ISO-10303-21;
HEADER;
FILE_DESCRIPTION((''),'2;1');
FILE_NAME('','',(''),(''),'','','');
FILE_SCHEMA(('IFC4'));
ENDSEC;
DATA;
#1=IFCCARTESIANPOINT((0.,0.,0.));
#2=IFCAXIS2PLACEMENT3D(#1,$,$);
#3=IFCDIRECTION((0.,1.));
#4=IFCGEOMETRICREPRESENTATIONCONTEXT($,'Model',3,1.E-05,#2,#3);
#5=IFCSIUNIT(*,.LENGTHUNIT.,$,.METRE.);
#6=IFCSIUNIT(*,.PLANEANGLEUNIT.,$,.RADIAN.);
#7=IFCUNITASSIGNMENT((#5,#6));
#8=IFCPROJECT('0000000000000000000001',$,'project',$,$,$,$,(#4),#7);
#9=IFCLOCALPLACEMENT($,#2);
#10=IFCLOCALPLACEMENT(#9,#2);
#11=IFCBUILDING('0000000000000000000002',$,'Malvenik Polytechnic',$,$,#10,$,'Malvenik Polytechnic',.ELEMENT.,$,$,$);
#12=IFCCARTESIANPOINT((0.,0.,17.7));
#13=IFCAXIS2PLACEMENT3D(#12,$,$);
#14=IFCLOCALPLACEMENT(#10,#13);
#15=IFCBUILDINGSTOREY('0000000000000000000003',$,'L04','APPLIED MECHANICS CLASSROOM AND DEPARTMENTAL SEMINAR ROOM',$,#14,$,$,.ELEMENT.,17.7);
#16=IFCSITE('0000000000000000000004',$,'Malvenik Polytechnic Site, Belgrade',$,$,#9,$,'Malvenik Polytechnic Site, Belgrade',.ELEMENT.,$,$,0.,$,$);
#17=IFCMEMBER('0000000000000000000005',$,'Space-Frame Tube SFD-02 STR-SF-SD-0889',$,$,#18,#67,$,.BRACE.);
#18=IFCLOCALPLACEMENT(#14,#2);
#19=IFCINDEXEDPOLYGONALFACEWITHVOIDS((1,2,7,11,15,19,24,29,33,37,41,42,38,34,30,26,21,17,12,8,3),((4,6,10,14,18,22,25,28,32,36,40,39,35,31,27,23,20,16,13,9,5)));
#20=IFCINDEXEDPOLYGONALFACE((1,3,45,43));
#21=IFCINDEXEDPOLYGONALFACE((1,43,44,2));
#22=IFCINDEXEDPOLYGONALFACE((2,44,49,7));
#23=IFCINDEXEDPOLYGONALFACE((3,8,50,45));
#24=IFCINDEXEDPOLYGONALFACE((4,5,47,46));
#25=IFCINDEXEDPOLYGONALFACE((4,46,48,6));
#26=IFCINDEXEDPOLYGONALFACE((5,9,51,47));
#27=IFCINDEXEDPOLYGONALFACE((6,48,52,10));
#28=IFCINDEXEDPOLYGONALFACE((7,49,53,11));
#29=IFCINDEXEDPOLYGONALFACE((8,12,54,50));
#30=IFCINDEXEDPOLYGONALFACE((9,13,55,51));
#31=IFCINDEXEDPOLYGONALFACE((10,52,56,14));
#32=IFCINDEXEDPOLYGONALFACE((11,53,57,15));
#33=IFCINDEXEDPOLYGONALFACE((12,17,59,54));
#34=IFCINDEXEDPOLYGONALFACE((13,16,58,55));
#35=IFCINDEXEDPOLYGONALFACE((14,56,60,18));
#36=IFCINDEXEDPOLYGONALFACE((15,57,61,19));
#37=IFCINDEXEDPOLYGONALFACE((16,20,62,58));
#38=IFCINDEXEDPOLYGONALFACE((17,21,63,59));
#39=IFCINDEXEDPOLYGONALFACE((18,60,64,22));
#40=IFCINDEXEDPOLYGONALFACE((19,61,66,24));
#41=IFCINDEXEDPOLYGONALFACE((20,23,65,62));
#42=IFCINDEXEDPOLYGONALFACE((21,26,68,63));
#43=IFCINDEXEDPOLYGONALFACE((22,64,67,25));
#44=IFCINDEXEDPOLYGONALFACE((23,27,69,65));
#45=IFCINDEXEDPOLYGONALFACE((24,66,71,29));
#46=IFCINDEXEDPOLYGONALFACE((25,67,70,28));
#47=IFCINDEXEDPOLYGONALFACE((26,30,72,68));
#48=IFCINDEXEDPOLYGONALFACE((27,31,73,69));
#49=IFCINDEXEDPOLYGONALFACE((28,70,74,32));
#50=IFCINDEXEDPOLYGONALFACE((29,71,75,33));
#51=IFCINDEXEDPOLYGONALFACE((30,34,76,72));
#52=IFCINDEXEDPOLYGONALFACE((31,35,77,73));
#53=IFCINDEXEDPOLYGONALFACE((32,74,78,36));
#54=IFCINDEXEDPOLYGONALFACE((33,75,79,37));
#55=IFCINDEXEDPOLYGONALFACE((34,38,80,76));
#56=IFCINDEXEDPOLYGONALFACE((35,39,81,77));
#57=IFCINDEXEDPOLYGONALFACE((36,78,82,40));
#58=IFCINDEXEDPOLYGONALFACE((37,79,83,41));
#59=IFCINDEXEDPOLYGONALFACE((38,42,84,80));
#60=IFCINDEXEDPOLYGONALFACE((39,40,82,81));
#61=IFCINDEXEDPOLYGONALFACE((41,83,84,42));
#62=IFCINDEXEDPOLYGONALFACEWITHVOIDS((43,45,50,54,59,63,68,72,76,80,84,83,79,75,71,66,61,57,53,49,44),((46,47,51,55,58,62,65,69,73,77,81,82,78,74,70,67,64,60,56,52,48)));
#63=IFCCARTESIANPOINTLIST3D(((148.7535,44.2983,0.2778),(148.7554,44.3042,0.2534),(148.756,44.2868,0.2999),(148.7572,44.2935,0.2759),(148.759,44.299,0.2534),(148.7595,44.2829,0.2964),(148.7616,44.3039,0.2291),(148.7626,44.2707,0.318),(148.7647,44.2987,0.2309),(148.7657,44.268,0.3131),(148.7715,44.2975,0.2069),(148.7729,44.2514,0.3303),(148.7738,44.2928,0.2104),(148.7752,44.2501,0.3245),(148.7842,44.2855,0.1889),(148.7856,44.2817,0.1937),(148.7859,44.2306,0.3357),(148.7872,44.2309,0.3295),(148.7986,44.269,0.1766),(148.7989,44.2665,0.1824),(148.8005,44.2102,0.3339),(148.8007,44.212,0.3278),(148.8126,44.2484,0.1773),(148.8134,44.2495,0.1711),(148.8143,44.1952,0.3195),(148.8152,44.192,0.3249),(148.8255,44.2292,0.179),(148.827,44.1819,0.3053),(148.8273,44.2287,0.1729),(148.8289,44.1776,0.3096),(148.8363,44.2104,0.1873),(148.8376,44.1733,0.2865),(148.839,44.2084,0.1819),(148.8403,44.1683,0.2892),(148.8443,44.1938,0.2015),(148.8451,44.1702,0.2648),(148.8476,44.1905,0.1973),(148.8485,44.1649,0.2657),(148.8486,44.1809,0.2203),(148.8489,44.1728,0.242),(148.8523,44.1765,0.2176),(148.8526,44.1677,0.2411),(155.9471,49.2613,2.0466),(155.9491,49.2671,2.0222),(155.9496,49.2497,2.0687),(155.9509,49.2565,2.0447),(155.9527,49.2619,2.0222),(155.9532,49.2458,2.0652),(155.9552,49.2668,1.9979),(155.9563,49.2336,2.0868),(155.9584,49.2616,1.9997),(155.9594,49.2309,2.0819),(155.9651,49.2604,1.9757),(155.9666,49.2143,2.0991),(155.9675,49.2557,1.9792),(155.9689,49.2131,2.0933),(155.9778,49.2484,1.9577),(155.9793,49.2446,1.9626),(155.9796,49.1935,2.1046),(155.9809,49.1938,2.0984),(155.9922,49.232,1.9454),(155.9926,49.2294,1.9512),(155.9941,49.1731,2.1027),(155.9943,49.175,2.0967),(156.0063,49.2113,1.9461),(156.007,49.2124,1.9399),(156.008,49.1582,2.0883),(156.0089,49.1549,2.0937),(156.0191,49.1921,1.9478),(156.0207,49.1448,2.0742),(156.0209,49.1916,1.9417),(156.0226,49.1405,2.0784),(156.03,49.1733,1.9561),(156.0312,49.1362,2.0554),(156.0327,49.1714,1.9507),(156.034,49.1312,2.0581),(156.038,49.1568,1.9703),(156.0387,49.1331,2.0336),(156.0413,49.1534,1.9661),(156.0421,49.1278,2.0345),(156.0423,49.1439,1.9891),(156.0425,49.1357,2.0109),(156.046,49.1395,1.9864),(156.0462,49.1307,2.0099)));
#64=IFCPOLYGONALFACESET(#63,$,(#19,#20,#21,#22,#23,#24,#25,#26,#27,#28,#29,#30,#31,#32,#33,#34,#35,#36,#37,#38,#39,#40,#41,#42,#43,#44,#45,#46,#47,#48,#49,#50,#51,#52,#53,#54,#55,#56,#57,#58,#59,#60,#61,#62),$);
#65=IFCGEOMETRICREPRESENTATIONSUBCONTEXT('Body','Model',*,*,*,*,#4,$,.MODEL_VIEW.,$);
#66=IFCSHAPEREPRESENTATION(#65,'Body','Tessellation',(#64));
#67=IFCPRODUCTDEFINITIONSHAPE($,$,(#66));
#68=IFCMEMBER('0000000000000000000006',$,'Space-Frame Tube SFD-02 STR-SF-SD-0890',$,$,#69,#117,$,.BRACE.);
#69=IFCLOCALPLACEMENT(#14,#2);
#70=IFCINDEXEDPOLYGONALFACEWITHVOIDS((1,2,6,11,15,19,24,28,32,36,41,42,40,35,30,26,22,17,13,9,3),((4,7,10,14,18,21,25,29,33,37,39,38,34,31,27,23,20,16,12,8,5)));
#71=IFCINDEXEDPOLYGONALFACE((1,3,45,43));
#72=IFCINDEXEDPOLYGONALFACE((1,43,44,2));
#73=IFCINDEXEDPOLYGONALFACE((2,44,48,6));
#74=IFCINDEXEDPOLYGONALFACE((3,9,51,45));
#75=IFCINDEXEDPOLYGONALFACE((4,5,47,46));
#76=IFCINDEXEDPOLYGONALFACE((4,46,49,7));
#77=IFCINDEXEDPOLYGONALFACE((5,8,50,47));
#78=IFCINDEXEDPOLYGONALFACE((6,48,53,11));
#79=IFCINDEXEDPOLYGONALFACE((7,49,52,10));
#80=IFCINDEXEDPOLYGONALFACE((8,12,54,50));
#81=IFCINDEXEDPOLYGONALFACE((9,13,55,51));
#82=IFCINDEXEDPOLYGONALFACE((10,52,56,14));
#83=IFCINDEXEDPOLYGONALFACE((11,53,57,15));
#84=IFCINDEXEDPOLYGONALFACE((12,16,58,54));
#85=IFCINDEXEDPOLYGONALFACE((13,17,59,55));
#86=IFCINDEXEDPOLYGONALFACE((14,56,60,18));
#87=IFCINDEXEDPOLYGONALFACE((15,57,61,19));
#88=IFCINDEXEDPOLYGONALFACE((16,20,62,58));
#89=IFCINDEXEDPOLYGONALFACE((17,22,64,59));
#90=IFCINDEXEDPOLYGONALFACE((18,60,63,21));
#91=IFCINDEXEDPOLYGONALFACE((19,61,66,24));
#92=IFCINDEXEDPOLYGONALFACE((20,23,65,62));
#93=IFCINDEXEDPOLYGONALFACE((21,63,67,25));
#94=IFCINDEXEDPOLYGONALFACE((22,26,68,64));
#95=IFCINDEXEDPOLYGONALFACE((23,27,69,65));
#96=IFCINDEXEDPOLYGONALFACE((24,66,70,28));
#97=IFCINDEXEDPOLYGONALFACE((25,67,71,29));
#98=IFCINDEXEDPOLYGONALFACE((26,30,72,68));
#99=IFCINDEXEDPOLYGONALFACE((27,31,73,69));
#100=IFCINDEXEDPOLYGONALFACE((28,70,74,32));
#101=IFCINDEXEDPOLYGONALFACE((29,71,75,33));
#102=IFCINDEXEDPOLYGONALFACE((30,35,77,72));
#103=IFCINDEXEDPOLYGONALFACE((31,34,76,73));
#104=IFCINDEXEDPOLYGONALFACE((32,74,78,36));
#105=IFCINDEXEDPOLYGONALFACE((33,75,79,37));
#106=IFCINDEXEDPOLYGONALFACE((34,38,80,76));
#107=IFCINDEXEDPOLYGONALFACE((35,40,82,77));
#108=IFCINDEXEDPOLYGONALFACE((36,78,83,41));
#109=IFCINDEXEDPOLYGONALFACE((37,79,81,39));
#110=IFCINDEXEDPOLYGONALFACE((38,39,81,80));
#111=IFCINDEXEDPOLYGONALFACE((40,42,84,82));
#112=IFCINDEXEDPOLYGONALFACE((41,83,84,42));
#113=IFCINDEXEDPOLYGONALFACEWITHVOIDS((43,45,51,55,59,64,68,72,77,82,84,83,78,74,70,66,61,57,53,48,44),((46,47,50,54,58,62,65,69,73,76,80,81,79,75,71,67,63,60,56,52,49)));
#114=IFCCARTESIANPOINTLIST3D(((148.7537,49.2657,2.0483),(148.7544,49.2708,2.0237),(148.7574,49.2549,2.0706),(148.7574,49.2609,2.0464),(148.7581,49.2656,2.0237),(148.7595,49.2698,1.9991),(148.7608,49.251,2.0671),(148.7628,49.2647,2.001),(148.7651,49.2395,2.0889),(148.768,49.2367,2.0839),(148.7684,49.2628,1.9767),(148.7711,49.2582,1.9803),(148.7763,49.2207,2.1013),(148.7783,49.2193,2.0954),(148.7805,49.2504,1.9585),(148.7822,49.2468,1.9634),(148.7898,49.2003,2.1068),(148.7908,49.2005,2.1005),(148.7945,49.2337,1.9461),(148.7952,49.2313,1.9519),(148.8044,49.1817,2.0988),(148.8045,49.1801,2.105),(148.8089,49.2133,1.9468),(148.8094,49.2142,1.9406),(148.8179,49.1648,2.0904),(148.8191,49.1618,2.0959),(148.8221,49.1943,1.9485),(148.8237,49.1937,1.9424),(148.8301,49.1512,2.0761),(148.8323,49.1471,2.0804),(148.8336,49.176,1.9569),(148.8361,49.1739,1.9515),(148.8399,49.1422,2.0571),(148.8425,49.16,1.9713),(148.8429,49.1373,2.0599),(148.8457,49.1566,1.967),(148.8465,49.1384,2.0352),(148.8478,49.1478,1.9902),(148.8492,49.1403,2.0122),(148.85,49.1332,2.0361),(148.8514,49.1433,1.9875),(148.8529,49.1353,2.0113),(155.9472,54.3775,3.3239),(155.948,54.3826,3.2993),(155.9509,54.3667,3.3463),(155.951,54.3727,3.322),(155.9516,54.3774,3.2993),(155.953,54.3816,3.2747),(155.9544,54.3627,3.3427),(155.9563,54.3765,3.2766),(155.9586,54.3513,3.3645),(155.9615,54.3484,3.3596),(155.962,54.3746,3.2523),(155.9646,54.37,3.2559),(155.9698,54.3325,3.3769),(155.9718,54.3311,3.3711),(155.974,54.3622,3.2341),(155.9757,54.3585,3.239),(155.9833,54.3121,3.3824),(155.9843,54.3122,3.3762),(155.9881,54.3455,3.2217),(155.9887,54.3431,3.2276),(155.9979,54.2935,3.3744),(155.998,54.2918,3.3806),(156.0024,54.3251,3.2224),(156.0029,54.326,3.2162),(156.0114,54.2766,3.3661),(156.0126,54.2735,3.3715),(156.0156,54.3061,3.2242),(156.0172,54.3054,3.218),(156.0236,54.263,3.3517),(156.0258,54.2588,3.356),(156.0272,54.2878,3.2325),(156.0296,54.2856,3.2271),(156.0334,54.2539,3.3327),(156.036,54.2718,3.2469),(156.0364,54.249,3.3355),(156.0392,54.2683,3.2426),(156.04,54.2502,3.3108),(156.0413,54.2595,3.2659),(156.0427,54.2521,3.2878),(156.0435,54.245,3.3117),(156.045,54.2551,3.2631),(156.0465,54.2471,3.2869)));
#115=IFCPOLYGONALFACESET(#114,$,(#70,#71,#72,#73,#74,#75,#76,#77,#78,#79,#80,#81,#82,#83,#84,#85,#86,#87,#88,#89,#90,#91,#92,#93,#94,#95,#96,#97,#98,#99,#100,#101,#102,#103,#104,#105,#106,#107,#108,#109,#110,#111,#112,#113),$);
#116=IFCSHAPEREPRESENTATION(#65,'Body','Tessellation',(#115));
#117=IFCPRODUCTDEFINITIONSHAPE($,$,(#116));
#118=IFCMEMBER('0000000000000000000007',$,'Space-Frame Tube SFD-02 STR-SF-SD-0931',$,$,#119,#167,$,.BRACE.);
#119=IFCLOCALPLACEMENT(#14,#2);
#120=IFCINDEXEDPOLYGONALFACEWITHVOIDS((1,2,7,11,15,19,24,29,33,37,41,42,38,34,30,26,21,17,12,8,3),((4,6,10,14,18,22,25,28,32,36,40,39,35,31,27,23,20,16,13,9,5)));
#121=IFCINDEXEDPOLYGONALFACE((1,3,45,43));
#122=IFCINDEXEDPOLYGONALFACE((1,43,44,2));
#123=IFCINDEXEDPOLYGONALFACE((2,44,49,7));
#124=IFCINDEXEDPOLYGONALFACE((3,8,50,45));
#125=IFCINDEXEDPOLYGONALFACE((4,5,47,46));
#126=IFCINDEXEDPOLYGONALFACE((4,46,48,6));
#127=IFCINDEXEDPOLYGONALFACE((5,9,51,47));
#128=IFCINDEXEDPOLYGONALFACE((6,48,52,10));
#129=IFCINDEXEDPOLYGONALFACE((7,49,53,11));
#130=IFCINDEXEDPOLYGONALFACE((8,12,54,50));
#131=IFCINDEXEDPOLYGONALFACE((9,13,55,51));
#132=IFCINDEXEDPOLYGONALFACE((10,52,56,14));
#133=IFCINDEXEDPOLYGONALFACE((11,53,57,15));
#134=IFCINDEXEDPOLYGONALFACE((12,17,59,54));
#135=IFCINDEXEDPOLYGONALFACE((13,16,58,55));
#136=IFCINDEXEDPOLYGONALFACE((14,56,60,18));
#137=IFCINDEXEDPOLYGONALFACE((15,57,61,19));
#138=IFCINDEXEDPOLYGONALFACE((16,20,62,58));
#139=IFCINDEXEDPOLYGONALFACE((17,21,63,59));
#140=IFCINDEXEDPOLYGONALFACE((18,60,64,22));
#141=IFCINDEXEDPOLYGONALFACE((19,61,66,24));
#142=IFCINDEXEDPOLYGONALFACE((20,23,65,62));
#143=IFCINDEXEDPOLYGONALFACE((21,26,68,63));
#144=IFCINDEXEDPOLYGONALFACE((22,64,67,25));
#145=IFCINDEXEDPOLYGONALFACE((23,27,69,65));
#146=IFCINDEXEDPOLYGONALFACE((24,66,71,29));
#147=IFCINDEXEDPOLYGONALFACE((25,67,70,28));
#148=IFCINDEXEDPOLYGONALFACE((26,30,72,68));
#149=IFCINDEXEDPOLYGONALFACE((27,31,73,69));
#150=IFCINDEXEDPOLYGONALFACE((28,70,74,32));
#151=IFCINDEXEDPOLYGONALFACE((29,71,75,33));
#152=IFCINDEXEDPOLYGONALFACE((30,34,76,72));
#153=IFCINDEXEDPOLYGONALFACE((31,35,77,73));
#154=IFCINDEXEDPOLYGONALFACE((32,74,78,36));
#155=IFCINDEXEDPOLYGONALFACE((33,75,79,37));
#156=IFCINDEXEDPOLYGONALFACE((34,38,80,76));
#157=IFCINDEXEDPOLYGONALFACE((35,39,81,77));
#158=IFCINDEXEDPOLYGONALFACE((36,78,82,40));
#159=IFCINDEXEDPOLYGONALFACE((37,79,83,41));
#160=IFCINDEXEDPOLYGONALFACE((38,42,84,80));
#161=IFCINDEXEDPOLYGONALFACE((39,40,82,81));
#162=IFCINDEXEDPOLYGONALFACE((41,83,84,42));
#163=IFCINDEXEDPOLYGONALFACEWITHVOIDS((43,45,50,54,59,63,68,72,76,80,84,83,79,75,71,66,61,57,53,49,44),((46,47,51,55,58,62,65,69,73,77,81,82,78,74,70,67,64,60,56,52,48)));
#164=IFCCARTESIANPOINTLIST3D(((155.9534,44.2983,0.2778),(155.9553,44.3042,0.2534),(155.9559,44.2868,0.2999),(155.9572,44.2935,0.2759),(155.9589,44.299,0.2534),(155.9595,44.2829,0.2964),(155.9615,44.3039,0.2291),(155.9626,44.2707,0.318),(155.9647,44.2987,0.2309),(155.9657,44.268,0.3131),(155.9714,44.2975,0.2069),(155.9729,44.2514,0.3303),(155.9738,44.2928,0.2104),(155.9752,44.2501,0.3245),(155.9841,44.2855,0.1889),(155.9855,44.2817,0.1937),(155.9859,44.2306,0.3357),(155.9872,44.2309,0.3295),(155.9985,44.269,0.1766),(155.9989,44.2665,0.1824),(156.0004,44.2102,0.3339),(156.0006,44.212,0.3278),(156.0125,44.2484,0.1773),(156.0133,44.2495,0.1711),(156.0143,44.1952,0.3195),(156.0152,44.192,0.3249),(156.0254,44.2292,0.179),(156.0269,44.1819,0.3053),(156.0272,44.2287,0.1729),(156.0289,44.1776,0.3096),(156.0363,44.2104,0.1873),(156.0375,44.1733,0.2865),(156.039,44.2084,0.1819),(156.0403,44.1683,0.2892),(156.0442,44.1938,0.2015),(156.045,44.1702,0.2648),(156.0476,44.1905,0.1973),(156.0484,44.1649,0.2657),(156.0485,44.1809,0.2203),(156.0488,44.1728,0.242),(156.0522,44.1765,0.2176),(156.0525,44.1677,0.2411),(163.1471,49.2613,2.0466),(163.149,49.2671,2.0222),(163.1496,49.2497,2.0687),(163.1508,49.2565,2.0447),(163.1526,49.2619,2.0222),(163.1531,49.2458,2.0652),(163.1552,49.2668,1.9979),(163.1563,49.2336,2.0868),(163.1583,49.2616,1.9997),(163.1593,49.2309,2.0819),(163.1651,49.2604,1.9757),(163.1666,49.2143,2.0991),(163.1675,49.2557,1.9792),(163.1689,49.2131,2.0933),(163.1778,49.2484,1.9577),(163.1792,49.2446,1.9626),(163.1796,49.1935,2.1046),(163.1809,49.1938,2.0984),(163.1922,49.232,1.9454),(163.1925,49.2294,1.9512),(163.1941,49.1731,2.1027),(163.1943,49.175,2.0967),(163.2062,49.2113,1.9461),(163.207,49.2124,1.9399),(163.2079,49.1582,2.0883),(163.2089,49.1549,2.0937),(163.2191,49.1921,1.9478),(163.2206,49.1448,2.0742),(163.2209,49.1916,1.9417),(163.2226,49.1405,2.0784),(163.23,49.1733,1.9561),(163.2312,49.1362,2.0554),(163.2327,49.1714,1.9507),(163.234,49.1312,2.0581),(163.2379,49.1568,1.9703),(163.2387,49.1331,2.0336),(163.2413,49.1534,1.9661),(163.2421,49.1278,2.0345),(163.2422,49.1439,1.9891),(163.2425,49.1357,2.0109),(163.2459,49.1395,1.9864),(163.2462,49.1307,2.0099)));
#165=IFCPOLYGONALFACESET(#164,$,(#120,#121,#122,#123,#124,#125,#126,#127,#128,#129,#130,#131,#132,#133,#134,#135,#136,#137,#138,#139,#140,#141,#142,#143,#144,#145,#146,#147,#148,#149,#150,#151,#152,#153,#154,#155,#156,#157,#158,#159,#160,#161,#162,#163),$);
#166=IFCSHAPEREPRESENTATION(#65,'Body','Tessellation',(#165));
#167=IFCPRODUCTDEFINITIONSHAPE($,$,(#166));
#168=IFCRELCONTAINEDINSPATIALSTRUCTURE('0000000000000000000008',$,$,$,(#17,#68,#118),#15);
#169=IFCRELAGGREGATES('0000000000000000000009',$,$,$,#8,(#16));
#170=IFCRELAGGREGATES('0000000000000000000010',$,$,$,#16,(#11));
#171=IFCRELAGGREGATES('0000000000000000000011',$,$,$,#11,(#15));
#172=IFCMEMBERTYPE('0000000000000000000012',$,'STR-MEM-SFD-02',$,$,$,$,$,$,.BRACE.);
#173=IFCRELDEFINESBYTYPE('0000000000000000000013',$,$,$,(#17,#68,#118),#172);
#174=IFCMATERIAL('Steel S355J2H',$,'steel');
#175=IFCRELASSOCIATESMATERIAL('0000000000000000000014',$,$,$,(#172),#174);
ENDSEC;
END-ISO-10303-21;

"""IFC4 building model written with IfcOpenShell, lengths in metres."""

from ifc_helpers import new_model, si_unit, direction, frame, origin, origin_2d, place, context, subcontext, project, spatial, hollow_circle, extrude, material, material_profile, profile_set, type_object, element, save


model = new_model("IFC4")

# Units and contexts
model_context = context("Model", 3, precision=1e-05, world=origin(), true_north=direction((0.0, 1.0)))
body_context = subcontext(model_context, "Body", "Model", "MODEL_VIEW")
ifc_project = project(units=[si_unit("LENGTHUNIT", "METRE"), si_unit("PLANEANGLEUNIT", "RADIAN")], contexts=[model_context])

# Site, building, storey
site_placement = place(None, origin())
site = spatial("IfcSite", under=ifc_project, at=site_placement, Name="Malvenik Polytechnic Site, Belgrade", LongName="Malvenik Polytechnic Site, Belgrade", CompositionType="ELEMENT", RefElevation=0.0)
building_placement = place(site_placement, origin())
building = spatial("IfcBuilding", under=site, at=building_placement, Name="Malvenik Polytechnic", LongName="Malvenik Polytechnic", CompositionType="ELEMENT")
storey_placement = place(building_placement, frame((0.0, 0.0, 17.7)))
storey = spatial("IfcBuildingStorey", under=building, at=storey_placement, Name="L04", Description="APPLIED MECHANICS CLASSROOM AND DEPARTMENTAL SEMINAR ROOM", CompositionType="ELEMENT", Elevation=17.7)

# Members
ifc_material = material(Name="Steel S355J2H", Category="steel")
ifc_material_profile_1 = material_profile(ifc_material, hollow_circle(Radius=0.0842, WallThickness=0.0063, at=origin_2d()), Name="CHS 168.3x6.3")
ifc_profile_set_1 = profile_set([ifc_material_profile_1], Name="Steel S355J2H")
member_type_1 = type_object("IfcMemberType", Name="STR-MEM-SFD-02", PredefinedType="BRACE", material=ifc_profile_set_1)
member_1_placement = place(storey_placement, frame((148.8032, 44.2349, 0.2534), z_axis=(0.80676, 0.556586, 0.19837), x_axis=(-0.567871, 0.823117, 0.0)))
element("IfcMember", 1, at=member_1_placement, inside=storey, type_object=member_type_1, Name="Space-Frame Tube SFD-02 STR-SF-SD-0889", PredefinedType="BRACE", context=body_context, shape_type="SweptSolid", body=[
    extrude(hollow_circle(Radius=0.0842, WallThickness=0.0063, at=origin_2d()), origin(), (0.0, 0.0, 1.0), 8.9167),
])
member_2_placement = place(storey_placement, frame((148.8032, 49.2021, 2.0237), z_axis=(0.806765, 0.573292, 0.143063), x_axis=(-0.57925, 0.81515, 0.0)))
element("IfcMember", 2, at=member_2_placement, inside=storey, type_object=member_type_1, Name="Space-Frame Tube SFD-02 STR-SF-SD-0890", PredefinedType="BRACE", context=body_context, shape_type="SweptSolid", body=[
    extrude(hollow_circle(Radius=0.0842, WallThickness=0.0063, at=origin_2d()), origin(), (0.0, 0.0, 1.0), 8.9165),
])
member_3_placement = place(storey_placement, frame((156.0032, 44.2349, 0.2534), z_axis=(0.80676, 0.556586, 0.19837), x_axis=(-0.567871, 0.823117, 0.0)))
element("IfcMember", 3, at=member_3_placement, inside=storey, type_object=member_type_1, Name="Space-Frame Tube SFD-02 STR-SF-SD-0931", PredefinedType="BRACE", context=body_context, shape_type="SweptSolid", body=[
    extrude(hollow_circle(Radius=0.0842, WallThickness=0.0063, at=origin_2d()), origin(), (0.0, 0.0, 1.0), 8.9167),
])

save(model, "model.ifc")
